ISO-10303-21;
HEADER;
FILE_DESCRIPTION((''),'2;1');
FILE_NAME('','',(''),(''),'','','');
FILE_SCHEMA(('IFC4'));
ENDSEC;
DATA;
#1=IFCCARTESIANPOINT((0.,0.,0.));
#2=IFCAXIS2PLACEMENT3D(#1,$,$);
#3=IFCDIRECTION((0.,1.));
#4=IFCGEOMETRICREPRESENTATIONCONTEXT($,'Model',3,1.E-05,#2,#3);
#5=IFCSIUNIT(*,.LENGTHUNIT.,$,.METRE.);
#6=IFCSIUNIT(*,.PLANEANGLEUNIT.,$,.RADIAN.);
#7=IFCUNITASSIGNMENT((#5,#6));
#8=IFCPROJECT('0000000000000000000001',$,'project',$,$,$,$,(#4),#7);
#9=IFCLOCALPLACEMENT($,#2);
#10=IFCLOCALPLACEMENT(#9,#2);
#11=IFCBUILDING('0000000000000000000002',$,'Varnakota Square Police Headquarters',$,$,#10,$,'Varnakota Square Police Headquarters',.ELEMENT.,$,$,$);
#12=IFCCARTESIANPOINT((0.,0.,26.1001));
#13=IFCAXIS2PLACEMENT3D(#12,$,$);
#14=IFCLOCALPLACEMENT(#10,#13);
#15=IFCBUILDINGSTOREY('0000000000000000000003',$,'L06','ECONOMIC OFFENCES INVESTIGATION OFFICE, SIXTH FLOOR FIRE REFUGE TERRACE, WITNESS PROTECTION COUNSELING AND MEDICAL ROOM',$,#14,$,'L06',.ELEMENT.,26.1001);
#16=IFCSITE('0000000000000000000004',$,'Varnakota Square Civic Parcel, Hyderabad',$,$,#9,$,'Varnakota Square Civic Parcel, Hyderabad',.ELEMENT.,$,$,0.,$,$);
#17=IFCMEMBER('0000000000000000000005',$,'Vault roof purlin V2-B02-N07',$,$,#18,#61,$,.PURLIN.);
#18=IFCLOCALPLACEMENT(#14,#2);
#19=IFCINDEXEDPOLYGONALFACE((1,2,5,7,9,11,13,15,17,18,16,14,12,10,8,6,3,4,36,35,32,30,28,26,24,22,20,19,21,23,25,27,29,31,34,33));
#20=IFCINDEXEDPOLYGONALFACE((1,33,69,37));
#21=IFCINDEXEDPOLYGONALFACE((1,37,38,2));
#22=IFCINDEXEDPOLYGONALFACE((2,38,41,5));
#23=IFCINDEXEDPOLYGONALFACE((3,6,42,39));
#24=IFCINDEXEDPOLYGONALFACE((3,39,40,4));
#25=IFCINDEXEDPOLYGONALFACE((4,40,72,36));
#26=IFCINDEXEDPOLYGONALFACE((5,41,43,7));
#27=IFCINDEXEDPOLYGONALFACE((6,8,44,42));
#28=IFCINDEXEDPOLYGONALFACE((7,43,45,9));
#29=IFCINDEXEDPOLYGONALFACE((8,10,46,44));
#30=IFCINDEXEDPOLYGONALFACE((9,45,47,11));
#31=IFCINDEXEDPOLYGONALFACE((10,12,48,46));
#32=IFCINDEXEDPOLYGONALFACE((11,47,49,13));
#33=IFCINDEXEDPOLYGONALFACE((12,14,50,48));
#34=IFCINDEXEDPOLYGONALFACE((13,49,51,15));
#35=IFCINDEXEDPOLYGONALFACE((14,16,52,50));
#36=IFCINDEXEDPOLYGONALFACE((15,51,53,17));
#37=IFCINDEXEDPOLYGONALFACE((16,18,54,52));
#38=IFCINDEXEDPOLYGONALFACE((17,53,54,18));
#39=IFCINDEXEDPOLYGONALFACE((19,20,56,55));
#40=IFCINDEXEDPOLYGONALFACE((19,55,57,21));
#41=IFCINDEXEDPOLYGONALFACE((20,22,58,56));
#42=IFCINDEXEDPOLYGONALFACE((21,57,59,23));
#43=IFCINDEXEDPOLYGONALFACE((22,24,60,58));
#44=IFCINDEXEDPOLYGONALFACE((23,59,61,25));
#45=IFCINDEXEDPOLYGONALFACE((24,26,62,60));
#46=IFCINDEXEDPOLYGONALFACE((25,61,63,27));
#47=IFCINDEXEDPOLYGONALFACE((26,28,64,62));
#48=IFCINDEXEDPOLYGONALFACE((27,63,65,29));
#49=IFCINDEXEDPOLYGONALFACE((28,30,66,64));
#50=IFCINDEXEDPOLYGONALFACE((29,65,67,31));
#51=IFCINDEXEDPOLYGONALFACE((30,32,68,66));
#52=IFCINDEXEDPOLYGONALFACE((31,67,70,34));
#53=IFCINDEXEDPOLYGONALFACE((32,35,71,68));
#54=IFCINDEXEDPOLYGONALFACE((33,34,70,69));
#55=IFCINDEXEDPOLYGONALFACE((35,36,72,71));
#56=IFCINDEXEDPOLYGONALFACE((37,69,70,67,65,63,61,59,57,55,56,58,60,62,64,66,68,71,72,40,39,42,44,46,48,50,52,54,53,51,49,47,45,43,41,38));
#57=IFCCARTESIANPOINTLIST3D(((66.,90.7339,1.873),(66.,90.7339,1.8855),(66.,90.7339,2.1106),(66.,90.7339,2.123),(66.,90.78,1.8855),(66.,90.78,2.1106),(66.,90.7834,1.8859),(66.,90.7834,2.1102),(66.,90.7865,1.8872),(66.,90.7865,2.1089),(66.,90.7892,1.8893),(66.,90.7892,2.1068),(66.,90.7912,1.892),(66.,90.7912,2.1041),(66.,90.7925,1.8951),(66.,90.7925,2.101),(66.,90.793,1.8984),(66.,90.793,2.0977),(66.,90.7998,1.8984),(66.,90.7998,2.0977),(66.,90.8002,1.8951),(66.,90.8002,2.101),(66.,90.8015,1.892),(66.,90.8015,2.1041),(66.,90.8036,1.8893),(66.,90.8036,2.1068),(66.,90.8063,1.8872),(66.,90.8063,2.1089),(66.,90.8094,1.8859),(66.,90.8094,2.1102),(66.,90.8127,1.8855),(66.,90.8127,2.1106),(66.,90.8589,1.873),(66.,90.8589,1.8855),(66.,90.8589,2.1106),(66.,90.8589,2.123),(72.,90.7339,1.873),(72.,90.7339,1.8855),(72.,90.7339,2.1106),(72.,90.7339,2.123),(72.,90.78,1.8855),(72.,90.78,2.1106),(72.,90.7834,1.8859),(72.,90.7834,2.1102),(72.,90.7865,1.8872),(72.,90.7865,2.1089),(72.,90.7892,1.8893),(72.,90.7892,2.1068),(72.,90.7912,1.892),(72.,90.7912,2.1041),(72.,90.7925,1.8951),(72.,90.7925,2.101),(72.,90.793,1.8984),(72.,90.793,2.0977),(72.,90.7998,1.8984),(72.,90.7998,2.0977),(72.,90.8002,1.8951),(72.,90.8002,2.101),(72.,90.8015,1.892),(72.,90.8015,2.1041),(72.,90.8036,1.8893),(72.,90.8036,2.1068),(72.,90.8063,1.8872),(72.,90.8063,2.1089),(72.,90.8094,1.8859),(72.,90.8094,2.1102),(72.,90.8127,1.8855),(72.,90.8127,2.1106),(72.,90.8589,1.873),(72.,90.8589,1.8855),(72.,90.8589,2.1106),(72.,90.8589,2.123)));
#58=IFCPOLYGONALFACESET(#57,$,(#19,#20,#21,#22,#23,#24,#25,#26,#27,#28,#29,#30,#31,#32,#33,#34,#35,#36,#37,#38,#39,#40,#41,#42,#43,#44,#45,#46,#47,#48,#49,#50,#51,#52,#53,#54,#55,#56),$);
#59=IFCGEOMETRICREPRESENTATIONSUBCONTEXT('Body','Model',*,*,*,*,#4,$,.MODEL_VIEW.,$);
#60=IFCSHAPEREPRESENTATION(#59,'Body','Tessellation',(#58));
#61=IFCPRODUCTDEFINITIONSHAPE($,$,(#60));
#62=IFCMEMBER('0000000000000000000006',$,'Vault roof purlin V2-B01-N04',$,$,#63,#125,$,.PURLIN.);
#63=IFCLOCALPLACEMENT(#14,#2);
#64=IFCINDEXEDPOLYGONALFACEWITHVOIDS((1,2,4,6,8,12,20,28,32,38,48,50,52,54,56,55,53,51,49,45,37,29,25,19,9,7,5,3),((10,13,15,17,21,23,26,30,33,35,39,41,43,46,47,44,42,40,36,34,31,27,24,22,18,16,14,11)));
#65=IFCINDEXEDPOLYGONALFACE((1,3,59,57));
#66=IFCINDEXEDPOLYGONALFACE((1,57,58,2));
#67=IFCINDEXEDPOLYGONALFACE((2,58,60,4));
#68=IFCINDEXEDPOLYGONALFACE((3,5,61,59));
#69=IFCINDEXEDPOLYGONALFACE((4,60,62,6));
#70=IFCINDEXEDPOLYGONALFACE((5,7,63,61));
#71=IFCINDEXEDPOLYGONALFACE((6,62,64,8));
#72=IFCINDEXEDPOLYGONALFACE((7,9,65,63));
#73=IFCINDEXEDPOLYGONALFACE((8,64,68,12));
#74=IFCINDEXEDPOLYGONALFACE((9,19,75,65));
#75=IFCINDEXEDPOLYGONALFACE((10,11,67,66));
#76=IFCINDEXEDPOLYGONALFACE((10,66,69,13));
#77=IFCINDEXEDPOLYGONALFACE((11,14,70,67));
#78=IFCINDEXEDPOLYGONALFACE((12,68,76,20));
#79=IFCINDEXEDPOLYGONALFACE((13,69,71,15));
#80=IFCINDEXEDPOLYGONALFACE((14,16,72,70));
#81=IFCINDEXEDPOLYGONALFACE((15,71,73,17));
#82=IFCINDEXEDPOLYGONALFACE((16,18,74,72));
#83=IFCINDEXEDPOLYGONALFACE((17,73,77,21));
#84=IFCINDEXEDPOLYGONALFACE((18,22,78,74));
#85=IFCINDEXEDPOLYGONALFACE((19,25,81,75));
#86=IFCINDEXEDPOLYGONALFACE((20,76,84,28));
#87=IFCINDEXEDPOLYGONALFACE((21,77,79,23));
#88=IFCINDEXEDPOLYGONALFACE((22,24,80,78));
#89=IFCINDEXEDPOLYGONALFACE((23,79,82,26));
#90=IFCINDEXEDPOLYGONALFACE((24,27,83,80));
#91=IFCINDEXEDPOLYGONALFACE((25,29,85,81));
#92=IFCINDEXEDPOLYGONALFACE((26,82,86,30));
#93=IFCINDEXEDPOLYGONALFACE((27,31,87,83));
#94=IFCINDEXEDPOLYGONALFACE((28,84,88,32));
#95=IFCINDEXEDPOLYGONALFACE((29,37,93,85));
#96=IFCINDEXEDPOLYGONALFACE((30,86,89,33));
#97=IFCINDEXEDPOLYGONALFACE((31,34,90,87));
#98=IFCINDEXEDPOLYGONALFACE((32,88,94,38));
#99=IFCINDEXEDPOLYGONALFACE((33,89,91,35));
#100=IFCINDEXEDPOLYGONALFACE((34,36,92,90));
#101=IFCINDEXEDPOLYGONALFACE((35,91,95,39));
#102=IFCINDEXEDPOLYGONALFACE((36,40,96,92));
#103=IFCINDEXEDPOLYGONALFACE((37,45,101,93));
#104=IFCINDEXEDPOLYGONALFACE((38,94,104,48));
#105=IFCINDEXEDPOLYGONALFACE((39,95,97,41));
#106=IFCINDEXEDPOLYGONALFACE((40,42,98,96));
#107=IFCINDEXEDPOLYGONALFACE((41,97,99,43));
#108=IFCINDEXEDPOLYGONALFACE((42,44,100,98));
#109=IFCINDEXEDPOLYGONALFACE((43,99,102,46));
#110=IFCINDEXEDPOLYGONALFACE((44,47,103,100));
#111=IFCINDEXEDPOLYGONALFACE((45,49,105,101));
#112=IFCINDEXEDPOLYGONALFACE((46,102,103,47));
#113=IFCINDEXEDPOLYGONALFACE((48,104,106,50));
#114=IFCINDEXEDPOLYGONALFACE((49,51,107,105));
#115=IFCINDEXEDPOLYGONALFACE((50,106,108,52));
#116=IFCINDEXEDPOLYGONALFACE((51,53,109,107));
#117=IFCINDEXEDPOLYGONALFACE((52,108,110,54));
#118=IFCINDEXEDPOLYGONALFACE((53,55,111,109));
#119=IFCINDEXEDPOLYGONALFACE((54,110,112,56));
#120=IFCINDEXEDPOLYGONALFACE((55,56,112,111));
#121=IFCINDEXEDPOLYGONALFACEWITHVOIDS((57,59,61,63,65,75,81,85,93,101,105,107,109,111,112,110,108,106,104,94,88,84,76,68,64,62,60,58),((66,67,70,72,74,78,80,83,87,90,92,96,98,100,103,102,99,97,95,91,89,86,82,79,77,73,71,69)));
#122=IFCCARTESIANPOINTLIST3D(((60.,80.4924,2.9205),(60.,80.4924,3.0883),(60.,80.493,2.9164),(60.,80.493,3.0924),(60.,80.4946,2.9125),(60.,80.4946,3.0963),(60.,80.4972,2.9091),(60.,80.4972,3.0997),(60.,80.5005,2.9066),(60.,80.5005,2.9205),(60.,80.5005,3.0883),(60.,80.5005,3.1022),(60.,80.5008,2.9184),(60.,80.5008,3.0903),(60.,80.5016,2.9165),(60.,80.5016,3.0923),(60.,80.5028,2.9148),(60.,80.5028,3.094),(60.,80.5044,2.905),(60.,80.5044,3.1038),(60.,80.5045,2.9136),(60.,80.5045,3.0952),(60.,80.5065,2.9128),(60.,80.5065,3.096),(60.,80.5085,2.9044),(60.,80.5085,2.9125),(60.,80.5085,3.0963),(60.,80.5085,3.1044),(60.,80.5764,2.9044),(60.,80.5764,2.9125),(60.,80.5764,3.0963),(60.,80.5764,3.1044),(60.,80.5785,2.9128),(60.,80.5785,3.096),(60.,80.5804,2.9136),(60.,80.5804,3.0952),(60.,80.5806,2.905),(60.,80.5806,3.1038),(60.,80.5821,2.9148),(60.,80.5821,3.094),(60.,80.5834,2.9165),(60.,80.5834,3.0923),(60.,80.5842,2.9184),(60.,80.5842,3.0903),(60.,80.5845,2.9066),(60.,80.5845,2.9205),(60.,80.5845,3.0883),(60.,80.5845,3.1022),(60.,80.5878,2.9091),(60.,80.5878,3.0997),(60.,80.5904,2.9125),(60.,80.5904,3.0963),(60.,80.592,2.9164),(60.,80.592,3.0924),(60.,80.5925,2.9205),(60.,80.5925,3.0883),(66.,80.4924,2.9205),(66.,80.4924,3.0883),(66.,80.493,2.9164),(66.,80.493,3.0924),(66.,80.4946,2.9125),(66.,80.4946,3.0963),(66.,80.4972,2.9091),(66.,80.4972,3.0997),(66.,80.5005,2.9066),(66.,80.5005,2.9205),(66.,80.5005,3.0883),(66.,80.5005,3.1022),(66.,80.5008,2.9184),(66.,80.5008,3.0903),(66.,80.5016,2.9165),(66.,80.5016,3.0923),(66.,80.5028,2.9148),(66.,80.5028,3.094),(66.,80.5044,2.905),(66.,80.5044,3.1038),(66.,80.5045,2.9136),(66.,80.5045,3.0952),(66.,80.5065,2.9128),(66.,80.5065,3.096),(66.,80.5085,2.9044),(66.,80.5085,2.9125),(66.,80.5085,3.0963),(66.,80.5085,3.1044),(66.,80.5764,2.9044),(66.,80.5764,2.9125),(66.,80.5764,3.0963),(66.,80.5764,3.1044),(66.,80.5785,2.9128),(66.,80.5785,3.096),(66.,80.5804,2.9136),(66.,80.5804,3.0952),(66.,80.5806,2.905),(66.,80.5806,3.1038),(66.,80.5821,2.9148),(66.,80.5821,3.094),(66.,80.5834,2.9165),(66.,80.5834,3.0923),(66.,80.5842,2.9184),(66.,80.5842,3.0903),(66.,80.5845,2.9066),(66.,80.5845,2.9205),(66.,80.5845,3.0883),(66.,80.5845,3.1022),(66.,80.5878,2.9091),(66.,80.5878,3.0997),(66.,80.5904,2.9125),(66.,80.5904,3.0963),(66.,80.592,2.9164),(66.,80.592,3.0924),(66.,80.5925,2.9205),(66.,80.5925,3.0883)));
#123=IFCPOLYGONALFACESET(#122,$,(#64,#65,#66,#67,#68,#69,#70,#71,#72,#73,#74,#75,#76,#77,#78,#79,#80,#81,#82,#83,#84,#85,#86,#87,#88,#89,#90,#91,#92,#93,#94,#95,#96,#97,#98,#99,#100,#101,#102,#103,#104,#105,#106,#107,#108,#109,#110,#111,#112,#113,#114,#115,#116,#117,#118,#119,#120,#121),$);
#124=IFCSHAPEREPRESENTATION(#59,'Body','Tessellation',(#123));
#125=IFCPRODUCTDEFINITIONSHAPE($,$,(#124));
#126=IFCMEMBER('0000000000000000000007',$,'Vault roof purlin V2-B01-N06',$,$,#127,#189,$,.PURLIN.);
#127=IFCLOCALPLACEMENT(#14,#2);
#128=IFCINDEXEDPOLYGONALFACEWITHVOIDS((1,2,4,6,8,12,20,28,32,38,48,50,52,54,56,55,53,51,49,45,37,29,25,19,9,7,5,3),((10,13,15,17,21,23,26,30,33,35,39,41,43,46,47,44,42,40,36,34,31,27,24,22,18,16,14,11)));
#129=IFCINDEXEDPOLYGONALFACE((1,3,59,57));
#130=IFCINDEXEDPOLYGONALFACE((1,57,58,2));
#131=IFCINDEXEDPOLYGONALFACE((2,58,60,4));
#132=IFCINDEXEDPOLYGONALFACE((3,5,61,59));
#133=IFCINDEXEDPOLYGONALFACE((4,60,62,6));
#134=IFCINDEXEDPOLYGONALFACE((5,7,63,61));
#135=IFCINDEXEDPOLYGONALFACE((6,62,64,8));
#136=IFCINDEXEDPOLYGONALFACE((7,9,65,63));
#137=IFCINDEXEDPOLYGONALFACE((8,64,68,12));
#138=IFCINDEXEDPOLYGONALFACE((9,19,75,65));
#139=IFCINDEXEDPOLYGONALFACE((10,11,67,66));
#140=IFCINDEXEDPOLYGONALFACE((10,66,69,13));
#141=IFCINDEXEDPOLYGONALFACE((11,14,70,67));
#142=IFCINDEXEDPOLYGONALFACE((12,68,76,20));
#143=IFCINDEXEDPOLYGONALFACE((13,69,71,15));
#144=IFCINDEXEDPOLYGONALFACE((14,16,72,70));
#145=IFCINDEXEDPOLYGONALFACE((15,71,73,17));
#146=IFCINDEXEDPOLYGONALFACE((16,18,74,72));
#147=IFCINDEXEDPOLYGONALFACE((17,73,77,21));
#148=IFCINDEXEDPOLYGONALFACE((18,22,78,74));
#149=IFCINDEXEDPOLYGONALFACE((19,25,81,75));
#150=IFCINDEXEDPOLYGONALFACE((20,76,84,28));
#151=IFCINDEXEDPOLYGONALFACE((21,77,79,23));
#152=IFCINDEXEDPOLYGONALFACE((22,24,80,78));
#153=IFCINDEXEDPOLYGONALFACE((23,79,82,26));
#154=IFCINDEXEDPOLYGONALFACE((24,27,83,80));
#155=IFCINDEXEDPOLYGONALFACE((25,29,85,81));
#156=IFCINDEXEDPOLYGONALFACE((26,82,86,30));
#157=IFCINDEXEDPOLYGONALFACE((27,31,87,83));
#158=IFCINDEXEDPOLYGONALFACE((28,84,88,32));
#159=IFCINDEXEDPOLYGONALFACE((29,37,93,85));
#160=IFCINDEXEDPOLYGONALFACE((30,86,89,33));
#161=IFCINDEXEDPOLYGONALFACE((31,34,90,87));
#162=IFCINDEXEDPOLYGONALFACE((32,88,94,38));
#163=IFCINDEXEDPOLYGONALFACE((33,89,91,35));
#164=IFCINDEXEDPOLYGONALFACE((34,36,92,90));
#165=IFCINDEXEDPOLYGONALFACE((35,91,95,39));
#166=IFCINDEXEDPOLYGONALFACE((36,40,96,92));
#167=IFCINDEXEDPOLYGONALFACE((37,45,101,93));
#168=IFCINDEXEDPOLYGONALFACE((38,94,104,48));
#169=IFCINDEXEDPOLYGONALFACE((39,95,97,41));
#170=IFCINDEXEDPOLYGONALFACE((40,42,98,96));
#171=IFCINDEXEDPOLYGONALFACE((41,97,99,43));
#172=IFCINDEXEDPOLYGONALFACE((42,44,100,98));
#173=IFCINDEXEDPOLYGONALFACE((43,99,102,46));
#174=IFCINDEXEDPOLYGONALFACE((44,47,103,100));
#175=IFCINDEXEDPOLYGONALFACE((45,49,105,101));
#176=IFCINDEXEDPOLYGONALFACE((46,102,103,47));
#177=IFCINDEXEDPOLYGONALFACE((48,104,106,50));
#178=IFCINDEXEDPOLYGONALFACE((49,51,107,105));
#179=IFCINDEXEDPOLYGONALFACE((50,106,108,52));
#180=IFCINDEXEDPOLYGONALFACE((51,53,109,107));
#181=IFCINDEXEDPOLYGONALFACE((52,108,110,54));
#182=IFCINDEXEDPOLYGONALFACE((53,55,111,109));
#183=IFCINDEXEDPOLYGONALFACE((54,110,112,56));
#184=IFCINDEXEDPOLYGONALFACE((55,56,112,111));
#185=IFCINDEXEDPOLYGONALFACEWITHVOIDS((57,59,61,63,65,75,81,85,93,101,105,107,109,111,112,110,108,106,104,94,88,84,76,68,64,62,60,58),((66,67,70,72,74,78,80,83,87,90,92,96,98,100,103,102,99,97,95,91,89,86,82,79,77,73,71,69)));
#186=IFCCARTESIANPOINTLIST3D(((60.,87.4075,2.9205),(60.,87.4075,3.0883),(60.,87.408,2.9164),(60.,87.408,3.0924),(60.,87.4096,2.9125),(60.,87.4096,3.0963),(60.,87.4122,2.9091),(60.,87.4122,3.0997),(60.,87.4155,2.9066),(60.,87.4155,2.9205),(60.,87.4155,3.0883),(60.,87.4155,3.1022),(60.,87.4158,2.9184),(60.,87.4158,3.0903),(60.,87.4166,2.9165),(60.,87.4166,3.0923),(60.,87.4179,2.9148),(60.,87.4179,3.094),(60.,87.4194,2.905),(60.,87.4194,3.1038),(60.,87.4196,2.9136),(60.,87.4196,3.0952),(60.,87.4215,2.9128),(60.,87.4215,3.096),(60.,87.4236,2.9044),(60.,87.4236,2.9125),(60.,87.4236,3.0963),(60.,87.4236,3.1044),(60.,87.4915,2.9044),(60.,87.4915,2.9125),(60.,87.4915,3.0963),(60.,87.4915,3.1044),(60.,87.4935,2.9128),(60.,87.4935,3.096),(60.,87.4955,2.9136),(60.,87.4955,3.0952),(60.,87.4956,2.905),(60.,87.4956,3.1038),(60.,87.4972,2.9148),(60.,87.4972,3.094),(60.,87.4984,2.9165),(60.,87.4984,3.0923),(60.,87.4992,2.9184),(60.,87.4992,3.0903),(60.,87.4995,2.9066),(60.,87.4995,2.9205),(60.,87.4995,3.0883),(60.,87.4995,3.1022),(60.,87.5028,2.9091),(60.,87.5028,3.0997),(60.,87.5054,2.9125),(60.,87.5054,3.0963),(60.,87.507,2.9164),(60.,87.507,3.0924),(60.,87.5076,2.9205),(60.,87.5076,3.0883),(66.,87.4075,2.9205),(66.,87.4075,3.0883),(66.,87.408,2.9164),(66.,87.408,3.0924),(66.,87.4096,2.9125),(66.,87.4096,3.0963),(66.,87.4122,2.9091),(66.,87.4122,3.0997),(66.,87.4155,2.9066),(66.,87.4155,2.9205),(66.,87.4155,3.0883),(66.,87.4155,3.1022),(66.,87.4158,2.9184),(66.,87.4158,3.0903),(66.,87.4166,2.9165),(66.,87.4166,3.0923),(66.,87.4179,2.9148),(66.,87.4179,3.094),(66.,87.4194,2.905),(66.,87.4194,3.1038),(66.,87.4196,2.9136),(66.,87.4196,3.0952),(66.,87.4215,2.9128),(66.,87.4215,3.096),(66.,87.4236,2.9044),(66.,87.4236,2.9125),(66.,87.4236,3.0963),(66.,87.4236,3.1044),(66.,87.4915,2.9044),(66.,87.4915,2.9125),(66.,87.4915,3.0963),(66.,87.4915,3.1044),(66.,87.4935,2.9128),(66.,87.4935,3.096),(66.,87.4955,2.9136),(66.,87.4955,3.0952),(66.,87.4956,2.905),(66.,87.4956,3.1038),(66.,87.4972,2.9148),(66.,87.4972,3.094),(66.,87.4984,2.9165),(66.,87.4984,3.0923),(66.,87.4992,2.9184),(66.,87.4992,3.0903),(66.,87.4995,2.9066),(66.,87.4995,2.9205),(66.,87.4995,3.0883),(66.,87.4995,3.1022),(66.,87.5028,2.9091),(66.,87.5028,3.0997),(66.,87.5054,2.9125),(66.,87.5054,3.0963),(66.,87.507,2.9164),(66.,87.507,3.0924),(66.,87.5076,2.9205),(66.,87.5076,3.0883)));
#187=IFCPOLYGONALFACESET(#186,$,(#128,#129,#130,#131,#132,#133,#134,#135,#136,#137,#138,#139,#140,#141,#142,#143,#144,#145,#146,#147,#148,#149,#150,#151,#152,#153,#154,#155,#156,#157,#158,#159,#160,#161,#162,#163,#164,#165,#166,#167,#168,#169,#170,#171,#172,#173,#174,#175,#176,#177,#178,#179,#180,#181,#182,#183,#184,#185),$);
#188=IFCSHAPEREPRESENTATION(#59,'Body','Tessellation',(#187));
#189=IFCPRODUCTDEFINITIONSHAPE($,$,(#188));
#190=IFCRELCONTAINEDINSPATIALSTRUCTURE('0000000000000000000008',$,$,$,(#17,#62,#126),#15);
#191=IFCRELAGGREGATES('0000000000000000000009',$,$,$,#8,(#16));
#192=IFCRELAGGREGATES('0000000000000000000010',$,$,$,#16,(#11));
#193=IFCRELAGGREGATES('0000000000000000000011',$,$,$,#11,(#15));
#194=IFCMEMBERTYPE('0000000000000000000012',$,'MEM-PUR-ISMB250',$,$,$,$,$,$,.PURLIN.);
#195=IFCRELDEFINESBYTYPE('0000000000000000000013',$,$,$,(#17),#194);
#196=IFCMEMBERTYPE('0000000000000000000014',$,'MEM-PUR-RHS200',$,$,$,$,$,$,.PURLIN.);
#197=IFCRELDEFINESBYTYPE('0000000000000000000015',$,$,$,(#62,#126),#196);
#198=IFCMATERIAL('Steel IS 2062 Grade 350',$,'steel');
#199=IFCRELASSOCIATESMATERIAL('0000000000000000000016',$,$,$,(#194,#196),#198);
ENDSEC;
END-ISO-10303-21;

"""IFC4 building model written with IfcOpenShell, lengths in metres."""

from ifc_helpers import new_model, si_unit, direction, frame, origin, origin_2d, place, context, subcontext, project, spatial, hollow_rectangle, i_section, extrude, material, material_profile, profile_set, type_object, element, save


model = new_model("IFC4")

# Units and contexts
model_context = context("Model", 3, precision=1e-05, world=origin(), true_north=direction((0.0, 1.0)))
body_context = subcontext(model_context, "Body", "Model", "MODEL_VIEW")
ifc_project = project(units=[si_unit("LENGTHUNIT", "METRE"), si_unit("PLANEANGLEUNIT", "RADIAN")], contexts=[model_context])

# Site, building, storey
site_placement = place(None, origin())
site = spatial("IfcSite", under=ifc_project, at=site_placement, Name="Varnakota Square Civic Parcel, Hyderabad", LongName="Varnakota Square Civic Parcel, Hyderabad", CompositionType="ELEMENT", RefElevation=0.0)
building_placement = place(site_placement, origin())
building = spatial("IfcBuilding", under=site, at=building_placement, Name="Varnakota Square Police Headquarters", LongName="Varnakota Square Police Headquarters", CompositionType="ELEMENT")
storey_placement = place(building_placement, frame((0.0, 0.0, 26.1001)))
storey = spatial("IfcBuildingStorey", under=building, at=storey_placement, Name="L06", Description="ECONOMIC OFFENCES INVESTIGATION OFFICE, SIXTH FLOOR FIRE REFUGE TERRACE, WITNESS PROTECTION COUNSELING AND MEDICAL ROOM", LongName="L06", CompositionType="ELEMENT", Elevation=26.1001)

# Shared definitions
ifc_material_1 = material(Name="Steel IS 2062 Grade 350", Category="steel")

# Members
ifc_material_profile_1 = material_profile(ifc_material_1, i_section(OverallWidth=0.125, OverallDepth=0.25, WebThickness=0.0068, FlangeThickness=0.0125, FilletRadius=0.0129, at=origin_2d()), Name="ISMB 250")
ifc_profile_set_1 = profile_set([ifc_material_profile_1], Name="Steel IS 2062 Grade 350")
member_type_1 = type_object("IfcMemberType", Name="MEM-PUR-ISMB250", PredefinedType="PURLIN", material=ifc_profile_set_1)
for number, where, z_axis, x_axis, name in (
    (1, (66.0, 90.7964, 1.998), (1.0, 0.0, 0.0), (0.0, 1.0, 0.0), "Vault roof purlin V2-B02-N07"),
):
    element("IfcMember", number, at=place(storey_placement, frame(where, z_axis=z_axis, x_axis=x_axis)), inside=storey, type_object=member_type_1, Name=name, PredefinedType="PURLIN", context=body_context, shape_type="SweptSolid", body=[
        extrude(i_section(OverallWidth=0.125, OverallDepth=0.25, WebThickness=0.0068, FlangeThickness=0.0125, FilletRadius=0.0129, at=origin_2d()), origin(), (0.0, 0.0, 1.0), 6.0),
    ])
ifc_material_profile_2 = material_profile(ifc_material_1, hollow_rectangle(XDim=0.1001, YDim=0.2, WallThickness=0.0081, InnerFilletRadius=0.0081, OuterFilletRadius=0.0161, at=origin_2d()), Name="RHS 200x100x8")
ifc_profile_set_2 = profile_set([ifc_material_profile_2], Name="Steel IS 2062 Grade 350")
member_type_2 = type_object("IfcMemberType", Name="MEM-PUR-RHS200", PredefinedType="PURLIN", material=ifc_profile_set_2)
for number, where, z_axis, x_axis, name in (
    (2, (60.0, 80.5425, 3.0044), (1.0, 0.0, 0.0), (0.0, 1.0, 0.0), "Vault roof purlin V2-B01-N04"),
    (3, (60.0, 87.4575, 3.0044), (1.0, 0.0, 0.0), (0.0, 1.0, 0.0), "Vault roof purlin V2-B01-N06"),
):
    element("IfcMember", number, at=place(storey_placement, frame(where, z_axis=z_axis, x_axis=x_axis)), inside=storey, type_object=member_type_2, Name=name, PredefinedType="PURLIN", context=body_context, shape_type="SweptSolid", body=[
        extrude(hollow_rectangle(XDim=0.1001, YDim=0.2, WallThickness=0.0081, InnerFilletRadius=0.0081, OuterFilletRadius=0.0161, at=origin_2d()), origin(), (0.0, 0.0, 1.0), 6.0),
    ])

save(model, "model.ifc")
